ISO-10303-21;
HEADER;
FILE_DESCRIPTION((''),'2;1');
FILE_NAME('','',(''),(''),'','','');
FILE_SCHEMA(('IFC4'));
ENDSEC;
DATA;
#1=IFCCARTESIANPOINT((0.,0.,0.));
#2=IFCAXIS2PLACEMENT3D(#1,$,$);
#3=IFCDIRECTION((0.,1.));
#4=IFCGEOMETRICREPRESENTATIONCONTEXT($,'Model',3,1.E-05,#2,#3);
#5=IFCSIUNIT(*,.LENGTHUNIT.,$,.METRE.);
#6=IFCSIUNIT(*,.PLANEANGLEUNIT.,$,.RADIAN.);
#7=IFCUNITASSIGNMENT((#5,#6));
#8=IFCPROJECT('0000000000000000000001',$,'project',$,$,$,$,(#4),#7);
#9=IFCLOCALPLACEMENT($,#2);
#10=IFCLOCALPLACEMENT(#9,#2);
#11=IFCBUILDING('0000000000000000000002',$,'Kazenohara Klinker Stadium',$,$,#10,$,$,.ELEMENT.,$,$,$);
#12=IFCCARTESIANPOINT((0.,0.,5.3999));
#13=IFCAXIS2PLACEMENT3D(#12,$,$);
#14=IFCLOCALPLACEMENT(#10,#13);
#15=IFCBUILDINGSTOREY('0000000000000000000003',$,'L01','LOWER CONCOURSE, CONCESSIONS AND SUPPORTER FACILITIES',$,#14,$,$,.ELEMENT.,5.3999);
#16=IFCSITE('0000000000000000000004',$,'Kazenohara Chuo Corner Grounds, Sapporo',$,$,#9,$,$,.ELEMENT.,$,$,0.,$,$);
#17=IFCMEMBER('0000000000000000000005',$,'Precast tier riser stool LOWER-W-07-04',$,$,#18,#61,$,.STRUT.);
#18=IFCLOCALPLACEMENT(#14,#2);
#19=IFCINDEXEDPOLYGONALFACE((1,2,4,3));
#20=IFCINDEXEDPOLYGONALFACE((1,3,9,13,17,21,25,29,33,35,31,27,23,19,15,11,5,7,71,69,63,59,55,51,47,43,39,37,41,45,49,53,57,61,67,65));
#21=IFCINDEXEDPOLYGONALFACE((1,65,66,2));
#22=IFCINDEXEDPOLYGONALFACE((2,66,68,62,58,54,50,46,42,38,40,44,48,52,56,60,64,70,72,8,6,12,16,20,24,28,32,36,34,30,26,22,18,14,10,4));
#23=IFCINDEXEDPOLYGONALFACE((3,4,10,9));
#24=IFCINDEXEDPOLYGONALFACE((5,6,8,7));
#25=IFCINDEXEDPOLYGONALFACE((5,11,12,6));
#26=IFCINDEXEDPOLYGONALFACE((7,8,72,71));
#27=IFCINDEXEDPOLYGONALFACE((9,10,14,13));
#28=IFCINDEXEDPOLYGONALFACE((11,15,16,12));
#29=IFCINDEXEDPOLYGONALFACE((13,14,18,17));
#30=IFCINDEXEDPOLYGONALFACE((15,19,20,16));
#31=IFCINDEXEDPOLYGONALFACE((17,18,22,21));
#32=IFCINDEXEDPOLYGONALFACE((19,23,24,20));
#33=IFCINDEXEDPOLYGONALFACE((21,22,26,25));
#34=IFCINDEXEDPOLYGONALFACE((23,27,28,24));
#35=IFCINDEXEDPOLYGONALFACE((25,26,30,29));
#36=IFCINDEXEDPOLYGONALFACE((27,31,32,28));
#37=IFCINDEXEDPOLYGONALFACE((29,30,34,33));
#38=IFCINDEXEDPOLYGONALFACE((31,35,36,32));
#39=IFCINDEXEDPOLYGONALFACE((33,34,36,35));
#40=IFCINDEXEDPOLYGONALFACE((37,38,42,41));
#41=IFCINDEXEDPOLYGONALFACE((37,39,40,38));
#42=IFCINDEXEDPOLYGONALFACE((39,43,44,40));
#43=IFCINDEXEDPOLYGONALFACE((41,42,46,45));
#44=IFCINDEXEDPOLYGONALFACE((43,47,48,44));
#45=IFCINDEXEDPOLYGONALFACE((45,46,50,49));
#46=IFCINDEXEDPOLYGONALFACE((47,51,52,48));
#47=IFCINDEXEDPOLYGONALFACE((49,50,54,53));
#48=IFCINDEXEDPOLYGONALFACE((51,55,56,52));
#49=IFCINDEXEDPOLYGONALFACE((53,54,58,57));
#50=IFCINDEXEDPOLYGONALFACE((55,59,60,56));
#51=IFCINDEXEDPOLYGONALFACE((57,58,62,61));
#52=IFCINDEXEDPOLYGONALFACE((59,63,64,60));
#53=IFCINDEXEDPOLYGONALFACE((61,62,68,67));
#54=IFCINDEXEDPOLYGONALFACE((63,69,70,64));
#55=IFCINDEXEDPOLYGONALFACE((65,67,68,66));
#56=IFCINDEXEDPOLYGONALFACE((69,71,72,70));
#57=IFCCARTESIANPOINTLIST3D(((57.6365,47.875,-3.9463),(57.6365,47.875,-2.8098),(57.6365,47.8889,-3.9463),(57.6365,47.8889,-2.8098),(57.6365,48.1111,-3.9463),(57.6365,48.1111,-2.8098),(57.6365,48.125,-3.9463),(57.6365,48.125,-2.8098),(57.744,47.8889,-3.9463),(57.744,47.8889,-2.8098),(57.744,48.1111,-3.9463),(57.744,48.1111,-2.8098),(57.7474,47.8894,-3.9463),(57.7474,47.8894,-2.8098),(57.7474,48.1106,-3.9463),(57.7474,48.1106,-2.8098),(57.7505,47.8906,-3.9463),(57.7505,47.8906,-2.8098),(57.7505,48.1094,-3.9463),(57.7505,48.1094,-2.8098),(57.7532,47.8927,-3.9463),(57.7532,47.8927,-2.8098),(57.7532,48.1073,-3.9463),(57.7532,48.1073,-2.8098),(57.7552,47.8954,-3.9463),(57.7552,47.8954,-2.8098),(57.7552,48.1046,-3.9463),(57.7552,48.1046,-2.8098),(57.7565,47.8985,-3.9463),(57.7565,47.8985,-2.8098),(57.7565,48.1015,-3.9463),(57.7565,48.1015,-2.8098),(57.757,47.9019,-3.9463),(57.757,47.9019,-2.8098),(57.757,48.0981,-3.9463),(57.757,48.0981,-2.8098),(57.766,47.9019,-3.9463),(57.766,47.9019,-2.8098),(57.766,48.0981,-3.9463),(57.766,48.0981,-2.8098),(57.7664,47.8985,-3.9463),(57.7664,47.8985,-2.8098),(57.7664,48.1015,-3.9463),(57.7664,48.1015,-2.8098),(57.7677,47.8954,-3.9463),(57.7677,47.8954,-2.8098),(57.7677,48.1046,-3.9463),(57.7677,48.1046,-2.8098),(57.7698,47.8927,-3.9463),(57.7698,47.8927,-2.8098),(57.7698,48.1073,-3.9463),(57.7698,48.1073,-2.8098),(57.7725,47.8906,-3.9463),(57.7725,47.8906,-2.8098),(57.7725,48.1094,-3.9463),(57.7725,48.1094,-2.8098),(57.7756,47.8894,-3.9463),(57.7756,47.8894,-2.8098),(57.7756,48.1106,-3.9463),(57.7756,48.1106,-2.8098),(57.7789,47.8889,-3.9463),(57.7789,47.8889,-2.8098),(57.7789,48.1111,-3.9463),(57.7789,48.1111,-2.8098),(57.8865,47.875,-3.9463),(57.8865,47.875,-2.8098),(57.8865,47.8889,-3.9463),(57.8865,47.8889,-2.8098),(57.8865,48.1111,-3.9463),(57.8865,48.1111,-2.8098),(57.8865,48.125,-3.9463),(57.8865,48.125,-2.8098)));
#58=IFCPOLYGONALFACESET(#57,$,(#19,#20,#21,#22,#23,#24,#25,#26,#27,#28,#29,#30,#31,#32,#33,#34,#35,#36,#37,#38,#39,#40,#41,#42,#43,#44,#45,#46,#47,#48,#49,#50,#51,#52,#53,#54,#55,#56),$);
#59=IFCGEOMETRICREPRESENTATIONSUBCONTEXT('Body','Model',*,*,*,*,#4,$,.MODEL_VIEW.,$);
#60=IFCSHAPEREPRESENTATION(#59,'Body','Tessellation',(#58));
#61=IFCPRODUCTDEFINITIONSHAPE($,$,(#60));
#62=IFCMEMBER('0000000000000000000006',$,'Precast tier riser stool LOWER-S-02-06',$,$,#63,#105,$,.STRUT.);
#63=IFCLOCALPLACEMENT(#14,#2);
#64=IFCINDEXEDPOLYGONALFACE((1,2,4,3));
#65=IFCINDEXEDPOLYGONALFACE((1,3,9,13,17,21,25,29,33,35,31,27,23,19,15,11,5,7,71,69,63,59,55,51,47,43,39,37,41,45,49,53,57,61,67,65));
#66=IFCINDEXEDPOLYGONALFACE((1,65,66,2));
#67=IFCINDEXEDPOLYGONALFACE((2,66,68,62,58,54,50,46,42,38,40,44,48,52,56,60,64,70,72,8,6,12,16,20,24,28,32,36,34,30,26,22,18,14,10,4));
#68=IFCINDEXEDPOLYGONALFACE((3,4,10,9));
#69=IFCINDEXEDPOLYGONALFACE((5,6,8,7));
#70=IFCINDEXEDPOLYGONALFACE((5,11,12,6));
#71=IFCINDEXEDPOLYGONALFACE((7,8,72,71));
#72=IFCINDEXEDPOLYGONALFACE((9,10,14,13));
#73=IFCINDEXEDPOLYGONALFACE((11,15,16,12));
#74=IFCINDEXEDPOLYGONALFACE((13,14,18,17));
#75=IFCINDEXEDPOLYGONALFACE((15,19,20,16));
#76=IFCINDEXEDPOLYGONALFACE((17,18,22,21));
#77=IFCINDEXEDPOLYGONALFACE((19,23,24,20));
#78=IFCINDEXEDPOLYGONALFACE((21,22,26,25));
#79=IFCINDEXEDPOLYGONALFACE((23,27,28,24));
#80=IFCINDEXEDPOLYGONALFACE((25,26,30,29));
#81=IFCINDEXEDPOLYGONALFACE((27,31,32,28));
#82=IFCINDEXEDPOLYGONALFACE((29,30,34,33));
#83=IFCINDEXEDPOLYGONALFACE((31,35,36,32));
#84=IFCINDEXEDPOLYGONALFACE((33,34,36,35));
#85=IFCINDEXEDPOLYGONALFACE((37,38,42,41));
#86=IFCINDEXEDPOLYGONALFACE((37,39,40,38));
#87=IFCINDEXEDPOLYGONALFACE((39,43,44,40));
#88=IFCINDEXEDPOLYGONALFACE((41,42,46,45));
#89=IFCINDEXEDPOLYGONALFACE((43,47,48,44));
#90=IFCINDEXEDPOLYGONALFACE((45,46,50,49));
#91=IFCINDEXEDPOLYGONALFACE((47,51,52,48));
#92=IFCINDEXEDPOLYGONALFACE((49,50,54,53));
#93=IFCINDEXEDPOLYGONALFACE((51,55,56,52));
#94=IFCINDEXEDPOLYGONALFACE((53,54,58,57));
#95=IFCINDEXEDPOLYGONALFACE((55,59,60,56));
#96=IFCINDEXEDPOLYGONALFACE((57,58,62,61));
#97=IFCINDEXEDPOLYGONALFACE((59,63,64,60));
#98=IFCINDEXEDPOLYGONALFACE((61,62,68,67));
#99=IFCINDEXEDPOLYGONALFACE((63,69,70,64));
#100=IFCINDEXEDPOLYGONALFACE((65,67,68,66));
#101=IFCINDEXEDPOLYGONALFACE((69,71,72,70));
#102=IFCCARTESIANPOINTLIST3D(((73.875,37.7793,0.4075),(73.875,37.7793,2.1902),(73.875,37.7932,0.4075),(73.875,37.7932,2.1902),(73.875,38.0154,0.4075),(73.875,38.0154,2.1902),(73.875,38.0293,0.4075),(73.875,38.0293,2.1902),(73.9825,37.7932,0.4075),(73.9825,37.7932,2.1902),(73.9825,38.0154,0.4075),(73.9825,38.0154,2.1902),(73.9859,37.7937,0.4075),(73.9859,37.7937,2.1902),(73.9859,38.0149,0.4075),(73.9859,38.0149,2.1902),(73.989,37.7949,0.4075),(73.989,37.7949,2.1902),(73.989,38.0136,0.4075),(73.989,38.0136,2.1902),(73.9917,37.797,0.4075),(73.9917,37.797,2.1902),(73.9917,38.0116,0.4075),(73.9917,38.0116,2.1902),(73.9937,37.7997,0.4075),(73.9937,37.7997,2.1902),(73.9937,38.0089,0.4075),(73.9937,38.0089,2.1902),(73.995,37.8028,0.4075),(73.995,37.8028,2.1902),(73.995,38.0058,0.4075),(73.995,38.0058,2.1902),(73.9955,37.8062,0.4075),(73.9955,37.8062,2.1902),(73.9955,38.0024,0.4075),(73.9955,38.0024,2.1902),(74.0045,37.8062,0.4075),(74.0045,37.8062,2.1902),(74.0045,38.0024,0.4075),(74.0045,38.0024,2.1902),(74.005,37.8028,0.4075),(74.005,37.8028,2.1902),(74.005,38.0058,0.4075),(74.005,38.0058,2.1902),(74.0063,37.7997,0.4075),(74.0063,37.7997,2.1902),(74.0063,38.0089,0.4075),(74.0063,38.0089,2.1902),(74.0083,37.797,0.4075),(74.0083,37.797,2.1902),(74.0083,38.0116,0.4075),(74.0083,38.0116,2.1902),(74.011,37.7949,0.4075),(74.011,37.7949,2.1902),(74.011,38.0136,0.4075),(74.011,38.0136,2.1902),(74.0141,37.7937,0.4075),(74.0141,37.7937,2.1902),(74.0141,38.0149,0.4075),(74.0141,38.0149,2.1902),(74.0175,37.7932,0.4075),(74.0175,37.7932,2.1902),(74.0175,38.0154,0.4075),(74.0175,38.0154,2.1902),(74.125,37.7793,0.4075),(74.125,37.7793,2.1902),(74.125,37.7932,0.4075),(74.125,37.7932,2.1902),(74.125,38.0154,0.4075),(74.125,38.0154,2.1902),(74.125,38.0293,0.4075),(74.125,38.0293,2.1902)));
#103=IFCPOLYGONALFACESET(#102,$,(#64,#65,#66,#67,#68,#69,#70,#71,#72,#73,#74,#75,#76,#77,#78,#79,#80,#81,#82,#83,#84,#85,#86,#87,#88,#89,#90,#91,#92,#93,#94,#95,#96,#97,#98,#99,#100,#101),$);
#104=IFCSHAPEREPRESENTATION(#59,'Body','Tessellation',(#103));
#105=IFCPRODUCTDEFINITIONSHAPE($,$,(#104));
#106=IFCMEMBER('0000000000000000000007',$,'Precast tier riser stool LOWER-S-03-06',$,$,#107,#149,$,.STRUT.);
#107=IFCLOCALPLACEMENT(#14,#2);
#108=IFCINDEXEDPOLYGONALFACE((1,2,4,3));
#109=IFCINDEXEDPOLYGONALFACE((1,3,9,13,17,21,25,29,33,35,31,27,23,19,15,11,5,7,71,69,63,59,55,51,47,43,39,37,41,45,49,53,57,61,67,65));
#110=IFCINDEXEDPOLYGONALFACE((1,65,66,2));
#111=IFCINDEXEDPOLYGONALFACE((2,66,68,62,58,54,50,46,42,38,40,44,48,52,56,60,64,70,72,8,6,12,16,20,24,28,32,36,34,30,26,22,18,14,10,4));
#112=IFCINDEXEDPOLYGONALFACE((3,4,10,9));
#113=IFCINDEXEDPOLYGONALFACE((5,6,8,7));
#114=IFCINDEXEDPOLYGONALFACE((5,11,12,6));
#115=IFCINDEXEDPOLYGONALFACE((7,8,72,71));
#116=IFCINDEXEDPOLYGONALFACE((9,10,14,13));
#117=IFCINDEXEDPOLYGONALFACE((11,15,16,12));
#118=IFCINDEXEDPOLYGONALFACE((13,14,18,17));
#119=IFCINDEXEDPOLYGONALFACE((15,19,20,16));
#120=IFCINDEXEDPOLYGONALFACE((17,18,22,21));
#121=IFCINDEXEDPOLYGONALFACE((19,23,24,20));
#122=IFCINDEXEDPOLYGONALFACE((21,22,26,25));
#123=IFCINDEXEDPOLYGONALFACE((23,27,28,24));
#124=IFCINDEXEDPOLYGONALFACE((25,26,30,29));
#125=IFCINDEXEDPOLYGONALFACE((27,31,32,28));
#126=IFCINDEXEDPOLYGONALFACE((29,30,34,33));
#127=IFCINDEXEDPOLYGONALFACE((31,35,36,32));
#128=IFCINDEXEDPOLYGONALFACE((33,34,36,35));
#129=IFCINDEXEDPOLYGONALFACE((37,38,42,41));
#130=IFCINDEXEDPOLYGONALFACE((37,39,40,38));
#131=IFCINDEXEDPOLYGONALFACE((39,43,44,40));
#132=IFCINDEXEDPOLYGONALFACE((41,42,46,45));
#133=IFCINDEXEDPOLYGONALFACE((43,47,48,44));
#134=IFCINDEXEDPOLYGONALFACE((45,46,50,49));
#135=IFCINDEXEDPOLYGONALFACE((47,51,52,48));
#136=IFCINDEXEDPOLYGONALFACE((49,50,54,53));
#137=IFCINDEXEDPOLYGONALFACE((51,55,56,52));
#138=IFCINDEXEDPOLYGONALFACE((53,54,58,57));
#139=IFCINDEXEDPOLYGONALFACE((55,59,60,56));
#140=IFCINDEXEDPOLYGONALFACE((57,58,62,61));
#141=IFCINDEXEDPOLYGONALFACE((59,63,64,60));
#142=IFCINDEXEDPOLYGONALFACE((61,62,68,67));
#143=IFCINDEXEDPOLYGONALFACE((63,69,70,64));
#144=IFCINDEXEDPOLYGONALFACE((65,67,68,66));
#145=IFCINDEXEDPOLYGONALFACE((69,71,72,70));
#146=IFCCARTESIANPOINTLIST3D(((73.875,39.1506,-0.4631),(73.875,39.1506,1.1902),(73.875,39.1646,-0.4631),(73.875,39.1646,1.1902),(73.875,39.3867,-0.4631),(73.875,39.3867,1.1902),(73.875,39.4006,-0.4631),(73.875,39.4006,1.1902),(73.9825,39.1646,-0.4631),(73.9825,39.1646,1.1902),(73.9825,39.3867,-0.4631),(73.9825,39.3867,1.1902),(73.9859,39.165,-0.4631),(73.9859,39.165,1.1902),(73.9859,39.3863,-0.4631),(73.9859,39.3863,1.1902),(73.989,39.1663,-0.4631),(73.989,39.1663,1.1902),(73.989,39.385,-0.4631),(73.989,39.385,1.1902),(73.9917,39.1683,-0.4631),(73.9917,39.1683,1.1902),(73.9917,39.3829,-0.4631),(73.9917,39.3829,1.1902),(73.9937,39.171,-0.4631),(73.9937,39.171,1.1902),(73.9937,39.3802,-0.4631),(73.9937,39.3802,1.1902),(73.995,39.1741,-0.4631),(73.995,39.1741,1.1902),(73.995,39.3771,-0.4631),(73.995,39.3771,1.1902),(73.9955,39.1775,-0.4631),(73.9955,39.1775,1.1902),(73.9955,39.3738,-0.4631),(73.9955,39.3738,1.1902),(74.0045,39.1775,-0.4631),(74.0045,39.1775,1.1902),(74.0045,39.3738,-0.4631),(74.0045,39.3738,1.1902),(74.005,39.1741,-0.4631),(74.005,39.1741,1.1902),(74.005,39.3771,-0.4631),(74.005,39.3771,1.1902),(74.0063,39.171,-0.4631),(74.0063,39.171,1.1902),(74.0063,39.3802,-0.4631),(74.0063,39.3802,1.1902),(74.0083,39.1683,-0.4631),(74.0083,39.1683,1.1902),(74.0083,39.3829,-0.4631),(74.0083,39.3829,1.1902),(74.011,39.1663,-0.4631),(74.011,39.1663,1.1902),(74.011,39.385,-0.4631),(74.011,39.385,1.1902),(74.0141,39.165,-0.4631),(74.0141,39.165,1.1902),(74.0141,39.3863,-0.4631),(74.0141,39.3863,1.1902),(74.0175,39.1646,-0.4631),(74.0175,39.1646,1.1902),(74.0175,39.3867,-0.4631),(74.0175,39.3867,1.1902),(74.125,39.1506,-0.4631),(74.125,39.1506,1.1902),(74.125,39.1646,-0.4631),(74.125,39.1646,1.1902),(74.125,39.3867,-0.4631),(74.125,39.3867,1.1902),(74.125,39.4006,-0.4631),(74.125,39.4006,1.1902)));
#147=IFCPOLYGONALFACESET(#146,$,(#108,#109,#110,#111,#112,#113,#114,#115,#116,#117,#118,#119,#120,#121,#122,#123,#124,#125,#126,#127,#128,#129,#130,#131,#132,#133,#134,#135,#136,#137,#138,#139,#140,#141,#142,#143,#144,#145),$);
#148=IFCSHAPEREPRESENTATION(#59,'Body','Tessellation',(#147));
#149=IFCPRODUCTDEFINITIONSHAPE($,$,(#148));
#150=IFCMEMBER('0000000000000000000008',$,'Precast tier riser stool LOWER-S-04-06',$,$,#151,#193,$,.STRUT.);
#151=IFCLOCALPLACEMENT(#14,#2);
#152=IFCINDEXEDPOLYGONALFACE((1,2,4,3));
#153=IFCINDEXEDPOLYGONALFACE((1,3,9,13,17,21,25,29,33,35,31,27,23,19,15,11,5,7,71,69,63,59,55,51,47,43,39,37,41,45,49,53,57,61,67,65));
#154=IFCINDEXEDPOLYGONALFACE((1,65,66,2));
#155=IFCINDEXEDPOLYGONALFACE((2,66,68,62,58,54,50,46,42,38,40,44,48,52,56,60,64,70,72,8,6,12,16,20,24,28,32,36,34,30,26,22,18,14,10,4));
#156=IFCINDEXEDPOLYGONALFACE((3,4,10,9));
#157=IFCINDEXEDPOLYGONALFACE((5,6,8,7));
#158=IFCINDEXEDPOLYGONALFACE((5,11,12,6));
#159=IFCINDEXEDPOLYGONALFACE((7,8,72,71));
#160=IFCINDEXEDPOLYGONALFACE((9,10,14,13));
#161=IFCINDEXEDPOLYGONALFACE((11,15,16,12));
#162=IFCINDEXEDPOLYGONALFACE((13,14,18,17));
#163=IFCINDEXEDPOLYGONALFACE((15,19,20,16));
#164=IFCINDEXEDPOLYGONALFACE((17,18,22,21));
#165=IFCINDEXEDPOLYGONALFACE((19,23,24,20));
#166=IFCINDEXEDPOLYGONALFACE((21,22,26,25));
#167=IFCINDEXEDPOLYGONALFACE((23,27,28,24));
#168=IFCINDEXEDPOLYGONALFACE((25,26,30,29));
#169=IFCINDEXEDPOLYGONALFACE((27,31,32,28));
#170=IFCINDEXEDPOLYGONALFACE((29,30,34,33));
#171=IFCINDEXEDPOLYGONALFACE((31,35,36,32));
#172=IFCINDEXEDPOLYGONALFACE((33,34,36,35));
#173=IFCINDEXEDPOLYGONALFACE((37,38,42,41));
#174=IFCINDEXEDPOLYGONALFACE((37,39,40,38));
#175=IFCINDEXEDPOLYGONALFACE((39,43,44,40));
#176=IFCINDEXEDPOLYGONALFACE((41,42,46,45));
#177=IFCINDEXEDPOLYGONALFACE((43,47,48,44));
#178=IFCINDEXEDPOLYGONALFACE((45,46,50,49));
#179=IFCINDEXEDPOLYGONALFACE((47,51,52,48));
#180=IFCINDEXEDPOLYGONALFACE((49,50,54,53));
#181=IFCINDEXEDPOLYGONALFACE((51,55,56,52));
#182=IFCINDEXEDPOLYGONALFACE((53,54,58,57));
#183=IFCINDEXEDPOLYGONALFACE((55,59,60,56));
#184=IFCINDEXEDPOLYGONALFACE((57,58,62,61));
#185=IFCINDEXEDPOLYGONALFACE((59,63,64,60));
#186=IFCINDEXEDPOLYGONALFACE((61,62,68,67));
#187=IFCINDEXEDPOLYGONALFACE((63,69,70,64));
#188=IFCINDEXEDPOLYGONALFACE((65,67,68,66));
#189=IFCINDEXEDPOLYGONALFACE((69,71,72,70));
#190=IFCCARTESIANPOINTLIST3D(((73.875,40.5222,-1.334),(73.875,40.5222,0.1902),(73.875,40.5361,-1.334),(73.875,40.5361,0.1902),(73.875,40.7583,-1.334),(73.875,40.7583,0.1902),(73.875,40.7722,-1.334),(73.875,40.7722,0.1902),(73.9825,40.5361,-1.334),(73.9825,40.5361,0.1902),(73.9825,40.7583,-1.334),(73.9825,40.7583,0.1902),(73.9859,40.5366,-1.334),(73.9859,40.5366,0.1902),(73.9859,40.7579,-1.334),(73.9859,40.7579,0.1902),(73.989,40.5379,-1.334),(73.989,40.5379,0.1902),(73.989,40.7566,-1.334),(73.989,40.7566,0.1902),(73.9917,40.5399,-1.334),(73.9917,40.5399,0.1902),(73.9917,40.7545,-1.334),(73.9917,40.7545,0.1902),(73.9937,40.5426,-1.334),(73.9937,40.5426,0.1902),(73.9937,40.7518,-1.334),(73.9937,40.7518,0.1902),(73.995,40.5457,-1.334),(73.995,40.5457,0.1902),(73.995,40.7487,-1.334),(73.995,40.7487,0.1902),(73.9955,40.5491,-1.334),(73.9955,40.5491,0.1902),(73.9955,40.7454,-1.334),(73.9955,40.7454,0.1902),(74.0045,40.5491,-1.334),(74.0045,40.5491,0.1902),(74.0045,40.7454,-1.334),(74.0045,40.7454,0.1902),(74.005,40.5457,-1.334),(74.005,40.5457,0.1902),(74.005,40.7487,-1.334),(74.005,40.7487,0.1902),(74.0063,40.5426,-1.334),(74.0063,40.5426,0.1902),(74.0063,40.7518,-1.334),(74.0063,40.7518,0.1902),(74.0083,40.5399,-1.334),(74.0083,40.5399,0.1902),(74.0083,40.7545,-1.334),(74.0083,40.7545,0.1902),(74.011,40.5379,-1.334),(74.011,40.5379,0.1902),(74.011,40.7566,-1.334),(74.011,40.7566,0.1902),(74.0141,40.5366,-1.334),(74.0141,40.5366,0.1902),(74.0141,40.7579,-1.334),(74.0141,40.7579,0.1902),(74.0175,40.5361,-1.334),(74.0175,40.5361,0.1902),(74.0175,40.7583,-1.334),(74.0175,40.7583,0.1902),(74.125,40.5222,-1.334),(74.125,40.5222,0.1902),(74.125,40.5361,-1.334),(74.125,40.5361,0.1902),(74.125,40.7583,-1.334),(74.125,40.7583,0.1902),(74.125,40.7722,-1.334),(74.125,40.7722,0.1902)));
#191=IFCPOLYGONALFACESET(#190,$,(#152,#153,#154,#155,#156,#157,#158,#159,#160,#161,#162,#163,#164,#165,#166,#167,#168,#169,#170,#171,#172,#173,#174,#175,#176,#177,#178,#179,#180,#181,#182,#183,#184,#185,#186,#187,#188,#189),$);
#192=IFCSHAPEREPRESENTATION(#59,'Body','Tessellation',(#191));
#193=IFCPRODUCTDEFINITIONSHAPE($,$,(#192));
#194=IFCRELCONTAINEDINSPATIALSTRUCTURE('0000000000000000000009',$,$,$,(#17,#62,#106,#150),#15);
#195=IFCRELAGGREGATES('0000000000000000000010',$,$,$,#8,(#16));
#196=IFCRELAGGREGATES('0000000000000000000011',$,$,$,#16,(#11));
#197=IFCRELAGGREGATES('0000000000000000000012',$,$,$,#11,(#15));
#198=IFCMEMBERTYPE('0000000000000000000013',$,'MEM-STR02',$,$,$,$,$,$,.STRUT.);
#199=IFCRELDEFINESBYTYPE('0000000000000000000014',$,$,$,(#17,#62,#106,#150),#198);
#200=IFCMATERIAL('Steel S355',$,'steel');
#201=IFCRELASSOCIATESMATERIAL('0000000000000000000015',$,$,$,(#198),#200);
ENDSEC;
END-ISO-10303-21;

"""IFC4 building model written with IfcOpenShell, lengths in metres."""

from ifc_helpers import new_model, si_unit, direction, frame, origin, origin_2d, place, context, subcontext, project, spatial, i_section, extrude, material, material_profile, profile_set, type_object, element, save


model = new_model("IFC4")

# Units and contexts
model_context = context("Model", 3, precision=1e-05, world=origin(), true_north=direction((0.0, 1.0)))
body_context = subcontext(model_context, "Body", "Model", "MODEL_VIEW")
ifc_project = project(units=[si_unit("LENGTHUNIT", "METRE"), si_unit("PLANEANGLEUNIT", "RADIAN")], contexts=[model_context])

# Site, building, storey
site_placement = place(None, origin())
site = spatial("IfcSite", under=ifc_project, at=site_placement, Name="Kazenohara Chuo Corner Grounds, Sapporo", CompositionType="ELEMENT", RefElevation=0.0)
building_placement = place(site_placement, origin())
building = spatial("IfcBuilding", under=site, at=building_placement, Name="Kazenohara Klinker Stadium", CompositionType="ELEMENT")
storey_placement = place(building_placement, frame((0.0, 0.0, 5.3999)))
storey = spatial("IfcBuildingStorey", under=building, at=storey_placement, Name="L01", Description="LOWER CONCOURSE, CONCESSIONS AND SUPPORTER FACILITIES", CompositionType="ELEMENT", Elevation=5.3999)

# Shared definitions
ifc_material_1 = material(Name="Steel S355", Category="steel")

# Members
ifc_material_profile_1 = material_profile(ifc_material_1, i_section(OverallWidth=0.25, OverallDepth=0.25, WebThickness=0.009, FlangeThickness=0.0139, FilletRadius=0.0129, at=origin_2d()), Name="H-250x250x9x14")
ifc_profile_set_1 = profile_set([ifc_material_profile_1], Name="Steel S355")
member_type = type_object("IfcMemberType", Name="MEM-STR02", PredefinedType="STRUT", material=ifc_profile_set_1)
member_1_placement = place(storey_placement, frame((57.7615, 48.0, -3.9463), z_axis=(0.0, 0.0, 1.0), x_axis=(1.0, 0.0, 0.0)))
element("IfcMember", 1, at=member_1_placement, inside=storey, type_object=member_type, Name="Precast tier riser stool LOWER-W-07-04", PredefinedType="STRUT", context=body_context, shape_type="SweptSolid", body=[
    extrude(i_section(OverallWidth=0.25, OverallDepth=0.25, WebThickness=0.009, FlangeThickness=0.0139, FilletRadius=0.0129, at=origin_2d()), origin(), (0.0, 0.0, 1.0), 1.1365),
])
member_2_placement = place(storey_placement, frame((74.0, 37.9043, 0.4075), z_axis=(0.0, 0.0, 1.0), x_axis=(1.0, 0.0, 0.0)))
element("IfcMember", 2, at=member_2_placement, inside=storey, type_object=member_type, Name="Precast tier riser stool LOWER-S-02-06", PredefinedType="STRUT", context=body_context, shape_type="SweptSolid", body=[
    extrude(i_section(OverallWidth=0.25, OverallDepth=0.25, WebThickness=0.009, FlangeThickness=0.0139, FilletRadius=0.0129, at=origin_2d()), origin(), (0.0, 0.0, 1.0), 1.7827),
])
member_3_placement = place(storey_placement, frame((74.0, 39.2756, -0.4631), z_axis=(0.0, 0.0, 1.0), x_axis=(1.0, 0.0, 0.0)))
element("IfcMember", 3, at=member_3_placement, inside=storey, type_object=member_type, Name="Precast tier riser stool LOWER-S-03-06", PredefinedType="STRUT", context=body_context, shape_type="SweptSolid", body=[
    extrude(i_section(OverallWidth=0.25, OverallDepth=0.25, WebThickness=0.009, FlangeThickness=0.0139, FilletRadius=0.0129, at=origin_2d()), origin(), (0.0, 0.0, 1.0), 1.6533),
])
member_4_placement = place(storey_placement, frame((74.0, 40.6472, -1.334), z_axis=(0.0, 0.0, 1.0), x_axis=(1.0, 0.0, 0.0)))
element("IfcMember", 4, at=member_4_placement, inside=storey, type_object=member_type, Name="Precast tier riser stool LOWER-S-04-06", PredefinedType="STRUT", context=body_context, shape_type="SweptSolid", body=[
    extrude(i_section(OverallWidth=0.25, OverallDepth=0.25, WebThickness=0.009, FlangeThickness=0.0139, FilletRadius=0.0129, at=origin_2d()), origin(), (0.0, 0.0, 1.0), 1.5242),
])

save(model, "model.ifc")
